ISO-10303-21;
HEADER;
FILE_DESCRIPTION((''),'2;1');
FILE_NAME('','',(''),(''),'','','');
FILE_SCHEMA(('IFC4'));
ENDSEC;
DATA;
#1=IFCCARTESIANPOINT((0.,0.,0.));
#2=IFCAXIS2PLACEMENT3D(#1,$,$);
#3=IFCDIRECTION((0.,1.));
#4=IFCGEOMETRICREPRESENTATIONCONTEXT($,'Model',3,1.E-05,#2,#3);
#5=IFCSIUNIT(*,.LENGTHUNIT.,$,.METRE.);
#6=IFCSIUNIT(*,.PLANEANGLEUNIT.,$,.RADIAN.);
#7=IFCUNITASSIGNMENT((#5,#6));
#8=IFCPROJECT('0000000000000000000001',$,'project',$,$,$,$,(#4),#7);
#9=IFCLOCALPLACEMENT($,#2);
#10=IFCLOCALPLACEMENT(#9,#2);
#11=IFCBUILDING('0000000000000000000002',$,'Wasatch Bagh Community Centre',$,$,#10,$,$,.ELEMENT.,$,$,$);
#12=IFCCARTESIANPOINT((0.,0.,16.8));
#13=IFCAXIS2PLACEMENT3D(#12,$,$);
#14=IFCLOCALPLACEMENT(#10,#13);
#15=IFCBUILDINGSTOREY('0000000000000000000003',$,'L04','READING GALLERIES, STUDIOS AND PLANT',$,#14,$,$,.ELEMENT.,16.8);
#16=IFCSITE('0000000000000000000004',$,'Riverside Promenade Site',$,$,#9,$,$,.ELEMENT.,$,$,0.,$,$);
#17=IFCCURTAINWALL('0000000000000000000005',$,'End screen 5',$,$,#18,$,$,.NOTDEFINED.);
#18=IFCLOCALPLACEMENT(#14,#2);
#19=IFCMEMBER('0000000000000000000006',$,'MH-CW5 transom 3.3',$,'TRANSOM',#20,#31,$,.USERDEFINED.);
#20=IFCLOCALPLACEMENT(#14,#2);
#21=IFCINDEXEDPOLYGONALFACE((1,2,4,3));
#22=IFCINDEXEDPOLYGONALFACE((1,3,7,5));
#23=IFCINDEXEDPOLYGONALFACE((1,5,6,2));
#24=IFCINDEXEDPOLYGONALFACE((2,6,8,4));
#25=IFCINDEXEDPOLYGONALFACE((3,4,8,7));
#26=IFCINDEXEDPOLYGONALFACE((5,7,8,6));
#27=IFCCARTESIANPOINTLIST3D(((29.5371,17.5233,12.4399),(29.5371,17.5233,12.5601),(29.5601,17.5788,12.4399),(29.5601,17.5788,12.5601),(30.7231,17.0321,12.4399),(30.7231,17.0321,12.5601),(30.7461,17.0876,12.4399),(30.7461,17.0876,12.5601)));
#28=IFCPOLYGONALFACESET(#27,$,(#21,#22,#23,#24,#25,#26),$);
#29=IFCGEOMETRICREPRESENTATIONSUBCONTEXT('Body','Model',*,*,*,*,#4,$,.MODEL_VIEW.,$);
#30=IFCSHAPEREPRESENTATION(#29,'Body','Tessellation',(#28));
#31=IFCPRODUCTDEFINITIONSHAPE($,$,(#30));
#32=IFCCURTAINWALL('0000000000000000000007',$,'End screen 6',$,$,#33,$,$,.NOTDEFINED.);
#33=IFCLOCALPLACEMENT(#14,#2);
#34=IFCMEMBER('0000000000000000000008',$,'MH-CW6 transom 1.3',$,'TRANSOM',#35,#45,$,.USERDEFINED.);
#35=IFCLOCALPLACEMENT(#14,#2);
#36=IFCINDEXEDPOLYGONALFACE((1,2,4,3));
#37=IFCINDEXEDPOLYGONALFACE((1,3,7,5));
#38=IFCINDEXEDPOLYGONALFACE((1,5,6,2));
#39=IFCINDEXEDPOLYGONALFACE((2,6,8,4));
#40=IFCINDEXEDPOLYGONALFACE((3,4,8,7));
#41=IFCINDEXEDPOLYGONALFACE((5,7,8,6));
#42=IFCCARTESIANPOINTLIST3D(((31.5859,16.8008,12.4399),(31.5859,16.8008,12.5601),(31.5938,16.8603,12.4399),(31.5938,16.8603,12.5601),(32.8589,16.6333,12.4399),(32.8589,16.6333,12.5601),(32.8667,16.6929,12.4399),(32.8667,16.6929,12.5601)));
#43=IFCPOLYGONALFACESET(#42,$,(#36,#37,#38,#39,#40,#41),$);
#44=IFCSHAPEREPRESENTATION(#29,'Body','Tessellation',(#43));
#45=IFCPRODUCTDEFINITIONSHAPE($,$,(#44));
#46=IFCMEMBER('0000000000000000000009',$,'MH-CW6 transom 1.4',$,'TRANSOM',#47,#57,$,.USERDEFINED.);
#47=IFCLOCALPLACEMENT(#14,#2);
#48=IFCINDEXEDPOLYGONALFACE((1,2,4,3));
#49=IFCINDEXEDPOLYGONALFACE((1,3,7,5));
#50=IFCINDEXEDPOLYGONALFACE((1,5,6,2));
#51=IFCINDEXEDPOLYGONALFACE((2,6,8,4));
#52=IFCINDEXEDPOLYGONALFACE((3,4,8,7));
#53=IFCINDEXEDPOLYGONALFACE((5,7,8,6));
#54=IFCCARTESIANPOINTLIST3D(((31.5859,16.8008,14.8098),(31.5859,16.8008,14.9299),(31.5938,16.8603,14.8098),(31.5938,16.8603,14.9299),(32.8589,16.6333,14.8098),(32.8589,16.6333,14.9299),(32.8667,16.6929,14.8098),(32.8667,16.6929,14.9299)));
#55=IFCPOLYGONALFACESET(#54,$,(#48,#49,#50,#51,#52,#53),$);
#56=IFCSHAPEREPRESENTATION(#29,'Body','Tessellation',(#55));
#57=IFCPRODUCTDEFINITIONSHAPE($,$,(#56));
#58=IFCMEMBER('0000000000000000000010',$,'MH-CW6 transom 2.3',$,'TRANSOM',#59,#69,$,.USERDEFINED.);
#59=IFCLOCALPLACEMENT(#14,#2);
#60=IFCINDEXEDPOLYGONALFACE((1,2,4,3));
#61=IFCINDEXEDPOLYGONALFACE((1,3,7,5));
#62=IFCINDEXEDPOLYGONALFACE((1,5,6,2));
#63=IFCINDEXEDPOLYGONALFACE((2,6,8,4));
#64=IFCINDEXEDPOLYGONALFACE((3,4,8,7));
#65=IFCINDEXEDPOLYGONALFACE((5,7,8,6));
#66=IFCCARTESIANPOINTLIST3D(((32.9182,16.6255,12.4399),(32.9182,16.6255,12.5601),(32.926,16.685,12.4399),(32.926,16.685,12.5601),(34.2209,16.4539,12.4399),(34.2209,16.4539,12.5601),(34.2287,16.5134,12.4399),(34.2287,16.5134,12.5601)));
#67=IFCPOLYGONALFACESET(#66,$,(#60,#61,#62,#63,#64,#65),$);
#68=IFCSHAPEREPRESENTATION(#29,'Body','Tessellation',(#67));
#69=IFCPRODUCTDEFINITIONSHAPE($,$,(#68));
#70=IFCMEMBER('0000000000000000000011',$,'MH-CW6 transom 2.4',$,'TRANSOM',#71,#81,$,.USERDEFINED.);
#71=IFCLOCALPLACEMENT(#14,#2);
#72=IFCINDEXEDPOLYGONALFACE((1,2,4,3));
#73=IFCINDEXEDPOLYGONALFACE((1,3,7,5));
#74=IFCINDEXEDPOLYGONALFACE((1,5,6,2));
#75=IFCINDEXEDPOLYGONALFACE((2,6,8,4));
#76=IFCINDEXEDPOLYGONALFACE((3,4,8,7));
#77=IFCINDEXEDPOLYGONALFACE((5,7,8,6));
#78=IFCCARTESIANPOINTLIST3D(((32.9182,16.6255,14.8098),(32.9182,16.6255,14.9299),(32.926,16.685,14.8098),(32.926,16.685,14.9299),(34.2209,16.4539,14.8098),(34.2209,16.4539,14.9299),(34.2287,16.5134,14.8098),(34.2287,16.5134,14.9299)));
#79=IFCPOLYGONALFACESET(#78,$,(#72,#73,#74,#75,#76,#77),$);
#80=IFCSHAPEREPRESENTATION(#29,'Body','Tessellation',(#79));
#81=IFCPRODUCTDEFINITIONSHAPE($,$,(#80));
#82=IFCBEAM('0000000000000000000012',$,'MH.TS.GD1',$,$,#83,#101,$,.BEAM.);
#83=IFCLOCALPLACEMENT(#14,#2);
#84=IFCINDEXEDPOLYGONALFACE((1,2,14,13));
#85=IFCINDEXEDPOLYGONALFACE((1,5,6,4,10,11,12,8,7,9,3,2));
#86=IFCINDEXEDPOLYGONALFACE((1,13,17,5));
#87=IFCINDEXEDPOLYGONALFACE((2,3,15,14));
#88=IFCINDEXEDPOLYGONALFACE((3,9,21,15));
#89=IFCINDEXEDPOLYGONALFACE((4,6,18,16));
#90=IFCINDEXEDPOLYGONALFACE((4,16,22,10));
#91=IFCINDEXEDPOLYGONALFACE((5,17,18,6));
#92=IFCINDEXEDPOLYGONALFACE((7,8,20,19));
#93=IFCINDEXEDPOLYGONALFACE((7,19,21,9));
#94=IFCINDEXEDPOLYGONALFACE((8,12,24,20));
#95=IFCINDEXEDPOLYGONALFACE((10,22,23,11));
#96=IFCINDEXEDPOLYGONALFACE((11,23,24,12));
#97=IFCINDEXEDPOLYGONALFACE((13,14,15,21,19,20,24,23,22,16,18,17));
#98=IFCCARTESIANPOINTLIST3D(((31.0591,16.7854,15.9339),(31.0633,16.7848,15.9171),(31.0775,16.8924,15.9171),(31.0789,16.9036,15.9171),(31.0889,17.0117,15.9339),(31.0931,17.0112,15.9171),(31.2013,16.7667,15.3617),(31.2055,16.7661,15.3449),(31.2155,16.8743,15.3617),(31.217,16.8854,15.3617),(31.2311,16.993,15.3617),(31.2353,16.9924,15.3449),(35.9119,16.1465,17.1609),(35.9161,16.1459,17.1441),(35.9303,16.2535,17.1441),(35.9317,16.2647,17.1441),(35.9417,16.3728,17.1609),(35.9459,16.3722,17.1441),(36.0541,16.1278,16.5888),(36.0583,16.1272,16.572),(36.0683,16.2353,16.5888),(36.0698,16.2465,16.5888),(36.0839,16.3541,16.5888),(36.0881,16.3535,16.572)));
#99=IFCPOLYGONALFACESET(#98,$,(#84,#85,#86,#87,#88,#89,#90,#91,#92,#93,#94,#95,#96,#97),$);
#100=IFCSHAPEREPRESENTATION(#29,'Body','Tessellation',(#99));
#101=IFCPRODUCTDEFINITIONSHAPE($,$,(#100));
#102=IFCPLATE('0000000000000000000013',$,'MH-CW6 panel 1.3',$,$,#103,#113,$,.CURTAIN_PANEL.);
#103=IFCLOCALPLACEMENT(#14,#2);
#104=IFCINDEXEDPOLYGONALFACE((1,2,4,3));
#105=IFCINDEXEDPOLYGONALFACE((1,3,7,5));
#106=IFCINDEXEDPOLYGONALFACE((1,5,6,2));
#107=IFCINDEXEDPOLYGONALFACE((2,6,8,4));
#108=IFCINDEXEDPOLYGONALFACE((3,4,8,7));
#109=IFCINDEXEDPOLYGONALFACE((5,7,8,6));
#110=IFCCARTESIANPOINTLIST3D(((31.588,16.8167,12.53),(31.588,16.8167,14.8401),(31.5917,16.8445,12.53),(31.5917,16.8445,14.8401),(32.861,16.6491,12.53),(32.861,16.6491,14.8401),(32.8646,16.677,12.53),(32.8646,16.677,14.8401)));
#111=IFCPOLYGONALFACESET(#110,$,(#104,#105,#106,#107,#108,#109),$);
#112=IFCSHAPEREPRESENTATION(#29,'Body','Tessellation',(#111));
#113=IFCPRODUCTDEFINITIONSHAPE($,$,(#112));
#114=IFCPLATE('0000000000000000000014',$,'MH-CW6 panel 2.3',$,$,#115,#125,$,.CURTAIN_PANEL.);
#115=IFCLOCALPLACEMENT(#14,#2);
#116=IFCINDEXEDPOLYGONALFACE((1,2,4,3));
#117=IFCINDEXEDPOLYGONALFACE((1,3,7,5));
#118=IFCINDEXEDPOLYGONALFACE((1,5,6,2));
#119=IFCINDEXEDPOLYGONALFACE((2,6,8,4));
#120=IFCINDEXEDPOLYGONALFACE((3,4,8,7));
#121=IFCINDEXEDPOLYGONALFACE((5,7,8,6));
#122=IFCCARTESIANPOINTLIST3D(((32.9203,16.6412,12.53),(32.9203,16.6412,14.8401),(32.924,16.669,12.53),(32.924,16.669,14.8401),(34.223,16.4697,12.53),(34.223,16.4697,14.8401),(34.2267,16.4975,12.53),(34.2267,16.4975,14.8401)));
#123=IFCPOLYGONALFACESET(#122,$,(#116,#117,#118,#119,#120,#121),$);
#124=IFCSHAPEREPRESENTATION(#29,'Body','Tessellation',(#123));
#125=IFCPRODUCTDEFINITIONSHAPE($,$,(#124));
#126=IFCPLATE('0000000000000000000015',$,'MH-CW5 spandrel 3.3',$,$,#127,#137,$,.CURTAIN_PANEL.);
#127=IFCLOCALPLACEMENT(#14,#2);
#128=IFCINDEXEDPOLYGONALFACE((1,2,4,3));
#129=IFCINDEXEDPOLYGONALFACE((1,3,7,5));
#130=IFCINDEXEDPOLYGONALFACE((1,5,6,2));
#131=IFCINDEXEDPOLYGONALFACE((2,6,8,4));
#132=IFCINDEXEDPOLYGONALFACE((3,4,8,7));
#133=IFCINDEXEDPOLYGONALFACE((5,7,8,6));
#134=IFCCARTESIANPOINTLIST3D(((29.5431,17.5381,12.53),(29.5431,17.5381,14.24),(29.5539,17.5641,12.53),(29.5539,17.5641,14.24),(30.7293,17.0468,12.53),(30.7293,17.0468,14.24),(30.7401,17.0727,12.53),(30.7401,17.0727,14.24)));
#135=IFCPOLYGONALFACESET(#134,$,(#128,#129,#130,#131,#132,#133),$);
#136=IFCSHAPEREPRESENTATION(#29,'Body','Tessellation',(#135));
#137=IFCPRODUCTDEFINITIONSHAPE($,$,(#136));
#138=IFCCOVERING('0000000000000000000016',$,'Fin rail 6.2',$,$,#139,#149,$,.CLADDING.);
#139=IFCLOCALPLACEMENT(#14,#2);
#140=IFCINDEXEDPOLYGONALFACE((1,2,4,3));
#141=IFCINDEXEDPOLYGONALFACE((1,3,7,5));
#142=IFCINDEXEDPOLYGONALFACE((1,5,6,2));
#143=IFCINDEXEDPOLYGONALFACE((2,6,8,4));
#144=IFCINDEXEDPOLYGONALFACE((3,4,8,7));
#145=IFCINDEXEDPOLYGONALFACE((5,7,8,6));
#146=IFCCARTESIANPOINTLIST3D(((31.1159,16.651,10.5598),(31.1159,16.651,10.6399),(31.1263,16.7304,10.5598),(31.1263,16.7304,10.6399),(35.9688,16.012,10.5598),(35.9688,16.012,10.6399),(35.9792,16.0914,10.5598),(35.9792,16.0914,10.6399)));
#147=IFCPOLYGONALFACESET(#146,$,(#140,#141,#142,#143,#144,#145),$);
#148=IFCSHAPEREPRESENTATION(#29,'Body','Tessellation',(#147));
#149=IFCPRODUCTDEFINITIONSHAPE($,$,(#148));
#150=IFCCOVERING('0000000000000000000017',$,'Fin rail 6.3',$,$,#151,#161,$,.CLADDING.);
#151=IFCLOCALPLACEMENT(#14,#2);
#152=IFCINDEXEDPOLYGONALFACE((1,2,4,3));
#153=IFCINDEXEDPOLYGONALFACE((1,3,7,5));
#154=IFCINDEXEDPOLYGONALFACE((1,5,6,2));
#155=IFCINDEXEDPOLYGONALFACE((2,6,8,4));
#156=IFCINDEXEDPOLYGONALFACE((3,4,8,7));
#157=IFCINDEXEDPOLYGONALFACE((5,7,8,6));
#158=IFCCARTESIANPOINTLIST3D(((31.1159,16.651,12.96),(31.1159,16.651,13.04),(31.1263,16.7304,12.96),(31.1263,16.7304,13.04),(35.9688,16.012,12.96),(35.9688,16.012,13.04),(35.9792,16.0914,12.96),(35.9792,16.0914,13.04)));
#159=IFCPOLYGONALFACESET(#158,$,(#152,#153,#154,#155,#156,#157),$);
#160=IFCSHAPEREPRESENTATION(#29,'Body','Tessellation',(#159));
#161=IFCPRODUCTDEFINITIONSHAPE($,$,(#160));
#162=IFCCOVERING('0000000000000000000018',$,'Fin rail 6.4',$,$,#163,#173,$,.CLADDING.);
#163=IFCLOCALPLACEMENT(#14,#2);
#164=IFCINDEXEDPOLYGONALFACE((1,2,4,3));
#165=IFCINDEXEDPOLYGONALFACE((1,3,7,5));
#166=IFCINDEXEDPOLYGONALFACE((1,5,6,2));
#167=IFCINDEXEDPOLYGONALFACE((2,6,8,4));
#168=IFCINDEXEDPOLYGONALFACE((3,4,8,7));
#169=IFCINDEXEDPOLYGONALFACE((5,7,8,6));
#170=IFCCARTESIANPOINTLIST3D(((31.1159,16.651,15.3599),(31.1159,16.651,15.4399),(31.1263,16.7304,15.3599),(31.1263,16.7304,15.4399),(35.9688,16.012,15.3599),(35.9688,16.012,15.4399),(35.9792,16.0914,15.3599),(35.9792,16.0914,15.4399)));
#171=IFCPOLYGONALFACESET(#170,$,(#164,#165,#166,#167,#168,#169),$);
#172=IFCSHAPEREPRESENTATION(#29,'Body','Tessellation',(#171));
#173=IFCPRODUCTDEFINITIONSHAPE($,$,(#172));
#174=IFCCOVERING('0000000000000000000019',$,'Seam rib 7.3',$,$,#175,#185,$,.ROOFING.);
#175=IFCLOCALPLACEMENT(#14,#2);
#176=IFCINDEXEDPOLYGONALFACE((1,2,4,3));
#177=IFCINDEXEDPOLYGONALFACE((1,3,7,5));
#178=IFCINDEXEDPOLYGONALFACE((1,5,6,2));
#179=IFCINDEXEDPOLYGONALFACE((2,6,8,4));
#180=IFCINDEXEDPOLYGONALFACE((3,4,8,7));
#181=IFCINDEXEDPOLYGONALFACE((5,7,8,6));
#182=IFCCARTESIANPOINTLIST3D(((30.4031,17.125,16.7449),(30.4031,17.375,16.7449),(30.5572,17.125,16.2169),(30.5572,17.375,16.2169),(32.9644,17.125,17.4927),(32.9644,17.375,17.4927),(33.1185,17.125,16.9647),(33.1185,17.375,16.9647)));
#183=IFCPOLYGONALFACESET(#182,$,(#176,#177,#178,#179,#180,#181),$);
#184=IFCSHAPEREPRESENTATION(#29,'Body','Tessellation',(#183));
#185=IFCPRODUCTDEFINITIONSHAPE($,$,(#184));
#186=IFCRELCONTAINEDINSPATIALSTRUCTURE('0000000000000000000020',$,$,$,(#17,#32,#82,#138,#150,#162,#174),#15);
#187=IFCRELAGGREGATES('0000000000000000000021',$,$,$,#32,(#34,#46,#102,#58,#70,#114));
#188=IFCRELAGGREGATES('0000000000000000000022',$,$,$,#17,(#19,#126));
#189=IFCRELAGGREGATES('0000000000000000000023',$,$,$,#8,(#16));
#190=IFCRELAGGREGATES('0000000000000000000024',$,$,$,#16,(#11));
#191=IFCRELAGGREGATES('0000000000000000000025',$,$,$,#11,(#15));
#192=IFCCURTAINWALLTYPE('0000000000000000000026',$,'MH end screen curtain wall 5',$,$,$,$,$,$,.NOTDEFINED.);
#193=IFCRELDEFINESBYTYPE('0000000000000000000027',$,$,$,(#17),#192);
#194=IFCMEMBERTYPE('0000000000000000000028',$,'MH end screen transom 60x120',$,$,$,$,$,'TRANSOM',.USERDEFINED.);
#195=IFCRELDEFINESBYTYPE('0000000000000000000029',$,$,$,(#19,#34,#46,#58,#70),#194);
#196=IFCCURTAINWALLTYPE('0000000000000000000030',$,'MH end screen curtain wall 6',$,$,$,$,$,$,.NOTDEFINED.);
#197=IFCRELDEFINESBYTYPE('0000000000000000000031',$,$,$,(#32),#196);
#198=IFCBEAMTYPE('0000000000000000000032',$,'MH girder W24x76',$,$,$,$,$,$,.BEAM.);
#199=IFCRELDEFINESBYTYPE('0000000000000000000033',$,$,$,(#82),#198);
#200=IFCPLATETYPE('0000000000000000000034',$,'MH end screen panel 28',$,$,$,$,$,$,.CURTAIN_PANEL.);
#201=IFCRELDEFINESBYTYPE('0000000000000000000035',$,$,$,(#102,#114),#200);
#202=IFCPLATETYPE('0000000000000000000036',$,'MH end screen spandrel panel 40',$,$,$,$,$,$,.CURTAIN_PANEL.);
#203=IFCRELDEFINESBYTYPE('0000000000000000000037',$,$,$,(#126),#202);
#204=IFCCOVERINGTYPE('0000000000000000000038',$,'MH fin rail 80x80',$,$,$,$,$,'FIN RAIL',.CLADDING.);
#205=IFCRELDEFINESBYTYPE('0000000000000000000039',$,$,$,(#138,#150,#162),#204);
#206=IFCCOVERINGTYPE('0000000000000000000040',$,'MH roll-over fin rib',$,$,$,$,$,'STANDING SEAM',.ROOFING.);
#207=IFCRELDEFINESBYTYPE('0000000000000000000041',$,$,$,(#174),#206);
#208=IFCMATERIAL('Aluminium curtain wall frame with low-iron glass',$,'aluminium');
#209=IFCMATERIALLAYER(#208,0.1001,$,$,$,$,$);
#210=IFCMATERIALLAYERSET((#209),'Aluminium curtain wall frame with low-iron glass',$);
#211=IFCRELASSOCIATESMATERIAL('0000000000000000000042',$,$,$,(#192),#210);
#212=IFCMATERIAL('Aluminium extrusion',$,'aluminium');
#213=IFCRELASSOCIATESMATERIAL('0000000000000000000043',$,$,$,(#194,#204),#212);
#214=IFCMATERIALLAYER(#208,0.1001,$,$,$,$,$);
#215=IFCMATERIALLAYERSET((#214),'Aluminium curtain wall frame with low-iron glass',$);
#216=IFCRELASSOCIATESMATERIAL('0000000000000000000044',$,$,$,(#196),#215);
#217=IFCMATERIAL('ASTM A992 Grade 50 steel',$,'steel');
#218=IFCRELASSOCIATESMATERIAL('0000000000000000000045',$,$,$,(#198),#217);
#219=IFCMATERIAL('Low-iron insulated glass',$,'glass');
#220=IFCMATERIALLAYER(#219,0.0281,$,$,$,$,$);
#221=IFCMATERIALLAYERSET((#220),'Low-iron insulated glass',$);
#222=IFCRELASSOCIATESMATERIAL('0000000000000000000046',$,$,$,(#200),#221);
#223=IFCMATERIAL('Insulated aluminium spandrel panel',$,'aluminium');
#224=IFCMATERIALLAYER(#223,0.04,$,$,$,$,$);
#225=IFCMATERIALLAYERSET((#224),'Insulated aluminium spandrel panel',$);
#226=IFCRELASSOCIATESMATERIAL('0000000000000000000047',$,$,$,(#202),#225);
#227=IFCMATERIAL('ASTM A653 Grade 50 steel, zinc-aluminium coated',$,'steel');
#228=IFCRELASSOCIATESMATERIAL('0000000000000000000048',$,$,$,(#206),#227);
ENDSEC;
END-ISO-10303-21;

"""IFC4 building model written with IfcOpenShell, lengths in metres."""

from ifc_helpers import new_model, si_unit, direction, frame, origin, origin_2d, place, context, subcontext, project, spatial, polyline, rectangle, i_section, outline, extrude, material, layer, layer_set, material_profile, profile_set, type_object, element, aggregate, save


model = new_model("IFC4")

# Units and contexts
model_context = context("Model", 3, precision=1e-05, world=origin(), true_north=direction((0.0, 1.0)))
body_context = subcontext(model_context, "Body", "Model", "MODEL_VIEW")
ifc_project = project(units=[si_unit("LENGTHUNIT", "METRE"), si_unit("PLANEANGLEUNIT", "RADIAN")], contexts=[model_context])

# Site, building, storey
site_placement = place(None, origin())
site = spatial("IfcSite", under=ifc_project, at=site_placement, Name="Riverside Promenade Site", CompositionType="ELEMENT", RefElevation=0.0)
building_placement = place(site_placement, origin())
building = spatial("IfcBuilding", under=site, at=building_placement, Name="Wasatch Bagh Community Centre", CompositionType="ELEMENT")
storey_placement = place(building_placement, frame((0.0, 0.0, 16.8)))
storey = spatial("IfcBuildingStorey", under=building, at=storey_placement, Name="L04", Description="READING GALLERIES, STUDIOS AND PLANT", CompositionType="ELEMENT", Elevation=16.8)

# Curtain wall, member
ifc_material_1 = material(Name="Aluminium curtain wall frame with low-iron glass", Category="aluminium")
ifc_layer_1 = layer(ifc_material_1, 0.1001)
ifc_layer_set_1 = layer_set([ifc_layer_1], Name="Aluminium curtain wall frame with low-iron glass")
curtain_wall_type_1 = type_object("IfcCurtainWallType", Name="MH end screen curtain wall 5", PredefinedType="NOTDEFINED", material=ifc_layer_set_1)
curtain_wall_1_placement = place(storey_placement, origin())
curtain_wall_1 = element("IfcCurtainWall", 1, at=curtain_wall_1_placement, inside=storey, type_object=curtain_wall_type_1, Name="End screen 5", PredefinedType="NOTDEFINED")
ifc_material_2 = material(Name="Aluminium extrusion", Category="aluminium")
ifc_material_profile_1 = material_profile(ifc_material_2, rectangle(XDim=0.0601, YDim=0.1201, at=origin_2d()), Name="AL 60x120")
ifc_profile_set_1 = profile_set([ifc_material_profile_1], Name="Aluminium extrusion")
member_type = type_object("IfcMemberType", Name="MH end screen transom 60x120", ElementType="TRANSOM", PredefinedType="USERDEFINED", material=ifc_profile_set_1)
member_1_placement = place(storey_placement, frame((29.5486, 17.551, 12.5), z_axis=(0.923896, -0.382643, 0.0), x_axis=(0.382643, 0.923896, 0.0)))
member_1 = element("IfcMember", 2, at=member_1_placement, type_object=member_type, Name="MH-CW5 transom 3.3", ObjectType="TRANSOM", PredefinedType="USERDEFINED", context=body_context, shape_type="SweptSolid", body=[
    extrude(rectangle(XDim=0.0601, YDim=0.1201, at=origin_2d()), origin(), (0.0, 0.0, 1.0), 1.2837),
])

# Curtain wall, members
ifc_layer_2 = layer(ifc_material_1, 0.1001)
ifc_layer_set_2 = layer_set([ifc_layer_2], Name="Aluminium curtain wall frame with low-iron glass")
curtain_wall_type_2 = type_object("IfcCurtainWallType", Name="MH end screen curtain wall 6", PredefinedType="NOTDEFINED", material=ifc_layer_set_2)
curtain_wall_2_placement = place(storey_placement, origin())
curtain_wall_2 = element("IfcCurtainWall", 3, at=curtain_wall_2_placement, inside=storey, type_object=curtain_wall_type_2, Name="End screen 6", PredefinedType="NOTDEFINED")
member_2_placement = place(storey_placement, frame((31.5898, 16.8306, 12.5), z_axis=(0.991456, -0.130445, 0.0), x_axis=(0.130445, 0.991456, 0.0)))
member_2 = element("IfcMember", 4, at=member_2_placement, type_object=member_type, Name="MH-CW6 transom 1.3", ObjectType="TRANSOM", PredefinedType="USERDEFINED", context=body_context, shape_type="SweptSolid", body=[
    extrude(rectangle(XDim=0.0601, YDim=0.1201, at=origin_2d()), origin(), (0.0, 0.0, 1.0), 1.2839),
])
member_3_placement = place(storey_placement, frame((31.5898, 16.8306, 14.8699), z_axis=(0.991456, -0.130445, 0.0), x_axis=(0.130445, 0.991456, 0.0)))
member_3 = element("IfcMember", 5, at=member_3_placement, type_object=member_type, Name="MH-CW6 transom 1.4", ObjectType="TRANSOM", PredefinedType="USERDEFINED", context=body_context, shape_type="SweptSolid", body=[
    extrude(rectangle(XDim=0.0601, YDim=0.1201, at=origin_2d()), origin(), (0.0, 0.0, 1.0), 1.2839),
])
member_4_placement = place(storey_placement, frame((32.9221, 16.6553, 12.5), z_axis=(0.991433, -0.130618, 0.0), x_axis=(0.130618, 0.991433, 0.0)))
member_4 = element("IfcMember", 6, at=member_4_placement, type_object=member_type, Name="MH-CW6 transom 2.3", ObjectType="TRANSOM", PredefinedType="USERDEFINED", context=body_context, shape_type="SweptSolid", body=[
    extrude(rectangle(XDim=0.0601, YDim=0.1201, at=origin_2d()), origin(), (0.0, 0.0, 1.0), 1.314),
])
member_5_placement = place(storey_placement, frame((32.9221, 16.6553, 14.8699), z_axis=(0.991433, -0.130618, 0.0), x_axis=(0.130618, 0.991433, 0.0)))
member_5 = element("IfcMember", 7, at=member_5_placement, type_object=member_type, Name="MH-CW6 transom 2.4", ObjectType="TRANSOM", PredefinedType="USERDEFINED", context=body_context, shape_type="SweptSolid", body=[
    extrude(rectangle(XDim=0.0601, YDim=0.1201, at=origin_2d()), origin(), (0.0, 0.0, 1.0), 1.314),
])

# Beam
ifc_material_3 = material(Name="ASTM A992 Grade 50 steel", Category="steel")
ifc_material_profile_2 = material_profile(ifc_material_3, i_section(OverallWidth=0.2283, OverallDepth=0.6072, WebThickness=0.0112, FlangeThickness=0.0173, at=origin_2d()), Name="W24x76")
ifc_profile_set_2 = profile_set([ifc_material_profile_2], Name="ASTM A992 Grade 50 steel")
beam_type = type_object("IfcBeamType", Name="MH girder W24x76", PredefinedType="BEAM", material=ifc_profile_set_2)
beam_placement = place(storey_placement, frame((31.1472, 16.8889, 15.6394), z_axis=(0.961685, -0.126615, 0.243167), x_axis=(0.130533, 0.991444, 0.0)))
element("IfcBeam", 8, at=beam_placement, inside=storey, type_object=beam_type, Name="MH.TS.GD1", PredefinedType="BEAM", context=body_context, shape_type="SweptSolid", body=[
    extrude(i_section(OverallWidth=0.2283, OverallDepth=0.6072, WebThickness=0.0112, FlangeThickness=0.0173, at=origin_2d()), origin(), (0.0, 0.0, 1.0), 5.0461),
])

# Plates
ifc_material_4 = material(Name="Low-iron insulated glass", Category="glass")
ifc_layer_3 = layer(ifc_material_4, 0.0281)
ifc_layer_set_3 = layer_set([ifc_layer_3], Name="Low-iron insulated glass")
plate_type_1 = type_object("IfcPlateType", Name="MH end screen panel 28", PredefinedType="CURTAIN_PANEL", material=ifc_layer_set_3)
plate_1_placement = place(storey_placement, frame((32.2263, 16.7468, 12.53), z_axis=(0.0, 0.0, 1.0), x_axis=(0.991445, -0.130526, 0.0)))
plate_1 = element("IfcPlate", 9, at=plate_1_placement, type_object=plate_type_1, Name="MH-CW6 panel 1.3", PredefinedType="CURTAIN_PANEL", context=body_context, shape_type="SweptSolid", body=[
    extrude(rectangle(XDim=1.2839, YDim=0.0281, at=origin_2d()), origin(), (0.0, 0.0, 1.0), 2.3101),
])
plate_2_placement = place(storey_placement, frame((33.5735, 16.5693, 12.53), z_axis=(0.0, 0.0, 1.0), x_axis=(0.991445, -0.130526, 0.0)))
plate_2 = element("IfcPlate", 10, at=plate_2_placement, type_object=plate_type_1, Name="MH-CW6 panel 2.3", PredefinedType="CURTAIN_PANEL", context=body_context, shape_type="SweptSolid", body=[
    extrude(rectangle(XDim=1.314, YDim=0.0281, at=origin_2d()), origin(), (0.0, 0.0, 1.0), 2.3101),
])
aggregate(curtain_wall_2, [member_2, member_3, plate_1, member_4, member_5, plate_2])
ifc_material_5 = material(Name="Insulated aluminium spandrel panel", Category="aluminium")
ifc_layer_4 = layer(ifc_material_5, 0.04)
ifc_layer_set_4 = layer_set([ifc_layer_4], Name="Insulated aluminium spandrel panel")
plate_type_2 = type_object("IfcPlateType", Name="MH end screen spandrel panel 40", PredefinedType="CURTAIN_PANEL", material=ifc_layer_set_4)
plate_3_placement = place(storey_placement, frame((30.1416, 17.3054, 12.53), z_axis=(0.0, 0.0, 1.0), x_axis=(0.92388, -0.382683, 0.0)))
plate_3 = element("IfcPlate", 11, at=plate_3_placement, type_object=plate_type_2, Name="MH-CW5 spandrel 3.3", PredefinedType="CURTAIN_PANEL", context=body_context, shape_type="SweptSolid", body=[
    extrude(rectangle(XDim=1.2839, YDim=0.0281, at=origin_2d()), origin(), (0.0, 0.0, 1.0), 1.71),
])
aggregate(curtain_wall_1, [member_1, plate_3])

# Coverings
ifc_material_profile_3 = material_profile(ifc_material_2, rectangle(XDim=0.0801, YDim=0.0801, at=origin_2d()), Name="AL 80x80")
ifc_profile_set_3 = profile_set([ifc_material_profile_3], Name="Aluminium extrusion")
covering_type_1 = type_object("IfcCoveringType", Name="MH fin rail 80x80", ElementType="FIN RAIL", PredefinedType="CLADDING", material=ifc_profile_set_3)
for number, where, z_axis, x_axis, name in (
    (12, (31.1211, 16.6907, 10.5999), (0.991444, -0.130533, 0.0), (0.130533, 0.991444, 0.0), "Fin rail 6.2"),
    (13, (31.1211, 16.6907, 13.0), (0.991444, -0.130533, 0.0), (0.130533, 0.991444, 0.0), "Fin rail 6.3"),
    (14, (31.1211, 16.6907, 15.3999), (0.991444, -0.130533, 0.0), (0.130533, 0.991444, 0.0), "Fin rail 6.4"),
):
    element("IfcCovering", number, at=place(storey_placement, frame(where, z_axis=z_axis, x_axis=x_axis)), inside=storey, type_object=covering_type_1, Name=name, PredefinedType="CLADDING", context=body_context, shape_type="SweptSolid", body=[
        extrude(rectangle(XDim=0.0801, YDim=0.0801, at=origin_2d()), origin(), (0.0, 0.0, 1.0), 4.8948),
    ])
ifc_material_6 = material(Name="ASTM A653 Grade 50 steel, zinc-aluminium coated", Category="steel")
covering_type_2 = type_object("IfcCoveringType", Name="MH roll-over fin rib", ElementType="STANDING SEAM", PredefinedType="ROOFING", material=ifc_material_6)
covering_1_placement = place(storey_placement, frame((30.4031, 17.125, 16.7449), z_axis=(-0.280264, 0.0, 0.959923), x_axis=(0.959923, 0.0, 0.280264)))
element("IfcCovering", 15, at=covering_1_placement, inside=storey, type_object=covering_type_2, Name="Seam rib 7.3", PredefinedType="ROOFING", context=body_context, shape_type="SweptSolid", body=[
    extrude(outline(polyline([(0.0, 0.0), (2.6682, 0.0), (2.6682, 0.25), (0.0, 0.25), (0.0, 0.0)])), origin(), (0.0, 0.0, -1.0), 0.55),
])

save(model, "model.ifc")
